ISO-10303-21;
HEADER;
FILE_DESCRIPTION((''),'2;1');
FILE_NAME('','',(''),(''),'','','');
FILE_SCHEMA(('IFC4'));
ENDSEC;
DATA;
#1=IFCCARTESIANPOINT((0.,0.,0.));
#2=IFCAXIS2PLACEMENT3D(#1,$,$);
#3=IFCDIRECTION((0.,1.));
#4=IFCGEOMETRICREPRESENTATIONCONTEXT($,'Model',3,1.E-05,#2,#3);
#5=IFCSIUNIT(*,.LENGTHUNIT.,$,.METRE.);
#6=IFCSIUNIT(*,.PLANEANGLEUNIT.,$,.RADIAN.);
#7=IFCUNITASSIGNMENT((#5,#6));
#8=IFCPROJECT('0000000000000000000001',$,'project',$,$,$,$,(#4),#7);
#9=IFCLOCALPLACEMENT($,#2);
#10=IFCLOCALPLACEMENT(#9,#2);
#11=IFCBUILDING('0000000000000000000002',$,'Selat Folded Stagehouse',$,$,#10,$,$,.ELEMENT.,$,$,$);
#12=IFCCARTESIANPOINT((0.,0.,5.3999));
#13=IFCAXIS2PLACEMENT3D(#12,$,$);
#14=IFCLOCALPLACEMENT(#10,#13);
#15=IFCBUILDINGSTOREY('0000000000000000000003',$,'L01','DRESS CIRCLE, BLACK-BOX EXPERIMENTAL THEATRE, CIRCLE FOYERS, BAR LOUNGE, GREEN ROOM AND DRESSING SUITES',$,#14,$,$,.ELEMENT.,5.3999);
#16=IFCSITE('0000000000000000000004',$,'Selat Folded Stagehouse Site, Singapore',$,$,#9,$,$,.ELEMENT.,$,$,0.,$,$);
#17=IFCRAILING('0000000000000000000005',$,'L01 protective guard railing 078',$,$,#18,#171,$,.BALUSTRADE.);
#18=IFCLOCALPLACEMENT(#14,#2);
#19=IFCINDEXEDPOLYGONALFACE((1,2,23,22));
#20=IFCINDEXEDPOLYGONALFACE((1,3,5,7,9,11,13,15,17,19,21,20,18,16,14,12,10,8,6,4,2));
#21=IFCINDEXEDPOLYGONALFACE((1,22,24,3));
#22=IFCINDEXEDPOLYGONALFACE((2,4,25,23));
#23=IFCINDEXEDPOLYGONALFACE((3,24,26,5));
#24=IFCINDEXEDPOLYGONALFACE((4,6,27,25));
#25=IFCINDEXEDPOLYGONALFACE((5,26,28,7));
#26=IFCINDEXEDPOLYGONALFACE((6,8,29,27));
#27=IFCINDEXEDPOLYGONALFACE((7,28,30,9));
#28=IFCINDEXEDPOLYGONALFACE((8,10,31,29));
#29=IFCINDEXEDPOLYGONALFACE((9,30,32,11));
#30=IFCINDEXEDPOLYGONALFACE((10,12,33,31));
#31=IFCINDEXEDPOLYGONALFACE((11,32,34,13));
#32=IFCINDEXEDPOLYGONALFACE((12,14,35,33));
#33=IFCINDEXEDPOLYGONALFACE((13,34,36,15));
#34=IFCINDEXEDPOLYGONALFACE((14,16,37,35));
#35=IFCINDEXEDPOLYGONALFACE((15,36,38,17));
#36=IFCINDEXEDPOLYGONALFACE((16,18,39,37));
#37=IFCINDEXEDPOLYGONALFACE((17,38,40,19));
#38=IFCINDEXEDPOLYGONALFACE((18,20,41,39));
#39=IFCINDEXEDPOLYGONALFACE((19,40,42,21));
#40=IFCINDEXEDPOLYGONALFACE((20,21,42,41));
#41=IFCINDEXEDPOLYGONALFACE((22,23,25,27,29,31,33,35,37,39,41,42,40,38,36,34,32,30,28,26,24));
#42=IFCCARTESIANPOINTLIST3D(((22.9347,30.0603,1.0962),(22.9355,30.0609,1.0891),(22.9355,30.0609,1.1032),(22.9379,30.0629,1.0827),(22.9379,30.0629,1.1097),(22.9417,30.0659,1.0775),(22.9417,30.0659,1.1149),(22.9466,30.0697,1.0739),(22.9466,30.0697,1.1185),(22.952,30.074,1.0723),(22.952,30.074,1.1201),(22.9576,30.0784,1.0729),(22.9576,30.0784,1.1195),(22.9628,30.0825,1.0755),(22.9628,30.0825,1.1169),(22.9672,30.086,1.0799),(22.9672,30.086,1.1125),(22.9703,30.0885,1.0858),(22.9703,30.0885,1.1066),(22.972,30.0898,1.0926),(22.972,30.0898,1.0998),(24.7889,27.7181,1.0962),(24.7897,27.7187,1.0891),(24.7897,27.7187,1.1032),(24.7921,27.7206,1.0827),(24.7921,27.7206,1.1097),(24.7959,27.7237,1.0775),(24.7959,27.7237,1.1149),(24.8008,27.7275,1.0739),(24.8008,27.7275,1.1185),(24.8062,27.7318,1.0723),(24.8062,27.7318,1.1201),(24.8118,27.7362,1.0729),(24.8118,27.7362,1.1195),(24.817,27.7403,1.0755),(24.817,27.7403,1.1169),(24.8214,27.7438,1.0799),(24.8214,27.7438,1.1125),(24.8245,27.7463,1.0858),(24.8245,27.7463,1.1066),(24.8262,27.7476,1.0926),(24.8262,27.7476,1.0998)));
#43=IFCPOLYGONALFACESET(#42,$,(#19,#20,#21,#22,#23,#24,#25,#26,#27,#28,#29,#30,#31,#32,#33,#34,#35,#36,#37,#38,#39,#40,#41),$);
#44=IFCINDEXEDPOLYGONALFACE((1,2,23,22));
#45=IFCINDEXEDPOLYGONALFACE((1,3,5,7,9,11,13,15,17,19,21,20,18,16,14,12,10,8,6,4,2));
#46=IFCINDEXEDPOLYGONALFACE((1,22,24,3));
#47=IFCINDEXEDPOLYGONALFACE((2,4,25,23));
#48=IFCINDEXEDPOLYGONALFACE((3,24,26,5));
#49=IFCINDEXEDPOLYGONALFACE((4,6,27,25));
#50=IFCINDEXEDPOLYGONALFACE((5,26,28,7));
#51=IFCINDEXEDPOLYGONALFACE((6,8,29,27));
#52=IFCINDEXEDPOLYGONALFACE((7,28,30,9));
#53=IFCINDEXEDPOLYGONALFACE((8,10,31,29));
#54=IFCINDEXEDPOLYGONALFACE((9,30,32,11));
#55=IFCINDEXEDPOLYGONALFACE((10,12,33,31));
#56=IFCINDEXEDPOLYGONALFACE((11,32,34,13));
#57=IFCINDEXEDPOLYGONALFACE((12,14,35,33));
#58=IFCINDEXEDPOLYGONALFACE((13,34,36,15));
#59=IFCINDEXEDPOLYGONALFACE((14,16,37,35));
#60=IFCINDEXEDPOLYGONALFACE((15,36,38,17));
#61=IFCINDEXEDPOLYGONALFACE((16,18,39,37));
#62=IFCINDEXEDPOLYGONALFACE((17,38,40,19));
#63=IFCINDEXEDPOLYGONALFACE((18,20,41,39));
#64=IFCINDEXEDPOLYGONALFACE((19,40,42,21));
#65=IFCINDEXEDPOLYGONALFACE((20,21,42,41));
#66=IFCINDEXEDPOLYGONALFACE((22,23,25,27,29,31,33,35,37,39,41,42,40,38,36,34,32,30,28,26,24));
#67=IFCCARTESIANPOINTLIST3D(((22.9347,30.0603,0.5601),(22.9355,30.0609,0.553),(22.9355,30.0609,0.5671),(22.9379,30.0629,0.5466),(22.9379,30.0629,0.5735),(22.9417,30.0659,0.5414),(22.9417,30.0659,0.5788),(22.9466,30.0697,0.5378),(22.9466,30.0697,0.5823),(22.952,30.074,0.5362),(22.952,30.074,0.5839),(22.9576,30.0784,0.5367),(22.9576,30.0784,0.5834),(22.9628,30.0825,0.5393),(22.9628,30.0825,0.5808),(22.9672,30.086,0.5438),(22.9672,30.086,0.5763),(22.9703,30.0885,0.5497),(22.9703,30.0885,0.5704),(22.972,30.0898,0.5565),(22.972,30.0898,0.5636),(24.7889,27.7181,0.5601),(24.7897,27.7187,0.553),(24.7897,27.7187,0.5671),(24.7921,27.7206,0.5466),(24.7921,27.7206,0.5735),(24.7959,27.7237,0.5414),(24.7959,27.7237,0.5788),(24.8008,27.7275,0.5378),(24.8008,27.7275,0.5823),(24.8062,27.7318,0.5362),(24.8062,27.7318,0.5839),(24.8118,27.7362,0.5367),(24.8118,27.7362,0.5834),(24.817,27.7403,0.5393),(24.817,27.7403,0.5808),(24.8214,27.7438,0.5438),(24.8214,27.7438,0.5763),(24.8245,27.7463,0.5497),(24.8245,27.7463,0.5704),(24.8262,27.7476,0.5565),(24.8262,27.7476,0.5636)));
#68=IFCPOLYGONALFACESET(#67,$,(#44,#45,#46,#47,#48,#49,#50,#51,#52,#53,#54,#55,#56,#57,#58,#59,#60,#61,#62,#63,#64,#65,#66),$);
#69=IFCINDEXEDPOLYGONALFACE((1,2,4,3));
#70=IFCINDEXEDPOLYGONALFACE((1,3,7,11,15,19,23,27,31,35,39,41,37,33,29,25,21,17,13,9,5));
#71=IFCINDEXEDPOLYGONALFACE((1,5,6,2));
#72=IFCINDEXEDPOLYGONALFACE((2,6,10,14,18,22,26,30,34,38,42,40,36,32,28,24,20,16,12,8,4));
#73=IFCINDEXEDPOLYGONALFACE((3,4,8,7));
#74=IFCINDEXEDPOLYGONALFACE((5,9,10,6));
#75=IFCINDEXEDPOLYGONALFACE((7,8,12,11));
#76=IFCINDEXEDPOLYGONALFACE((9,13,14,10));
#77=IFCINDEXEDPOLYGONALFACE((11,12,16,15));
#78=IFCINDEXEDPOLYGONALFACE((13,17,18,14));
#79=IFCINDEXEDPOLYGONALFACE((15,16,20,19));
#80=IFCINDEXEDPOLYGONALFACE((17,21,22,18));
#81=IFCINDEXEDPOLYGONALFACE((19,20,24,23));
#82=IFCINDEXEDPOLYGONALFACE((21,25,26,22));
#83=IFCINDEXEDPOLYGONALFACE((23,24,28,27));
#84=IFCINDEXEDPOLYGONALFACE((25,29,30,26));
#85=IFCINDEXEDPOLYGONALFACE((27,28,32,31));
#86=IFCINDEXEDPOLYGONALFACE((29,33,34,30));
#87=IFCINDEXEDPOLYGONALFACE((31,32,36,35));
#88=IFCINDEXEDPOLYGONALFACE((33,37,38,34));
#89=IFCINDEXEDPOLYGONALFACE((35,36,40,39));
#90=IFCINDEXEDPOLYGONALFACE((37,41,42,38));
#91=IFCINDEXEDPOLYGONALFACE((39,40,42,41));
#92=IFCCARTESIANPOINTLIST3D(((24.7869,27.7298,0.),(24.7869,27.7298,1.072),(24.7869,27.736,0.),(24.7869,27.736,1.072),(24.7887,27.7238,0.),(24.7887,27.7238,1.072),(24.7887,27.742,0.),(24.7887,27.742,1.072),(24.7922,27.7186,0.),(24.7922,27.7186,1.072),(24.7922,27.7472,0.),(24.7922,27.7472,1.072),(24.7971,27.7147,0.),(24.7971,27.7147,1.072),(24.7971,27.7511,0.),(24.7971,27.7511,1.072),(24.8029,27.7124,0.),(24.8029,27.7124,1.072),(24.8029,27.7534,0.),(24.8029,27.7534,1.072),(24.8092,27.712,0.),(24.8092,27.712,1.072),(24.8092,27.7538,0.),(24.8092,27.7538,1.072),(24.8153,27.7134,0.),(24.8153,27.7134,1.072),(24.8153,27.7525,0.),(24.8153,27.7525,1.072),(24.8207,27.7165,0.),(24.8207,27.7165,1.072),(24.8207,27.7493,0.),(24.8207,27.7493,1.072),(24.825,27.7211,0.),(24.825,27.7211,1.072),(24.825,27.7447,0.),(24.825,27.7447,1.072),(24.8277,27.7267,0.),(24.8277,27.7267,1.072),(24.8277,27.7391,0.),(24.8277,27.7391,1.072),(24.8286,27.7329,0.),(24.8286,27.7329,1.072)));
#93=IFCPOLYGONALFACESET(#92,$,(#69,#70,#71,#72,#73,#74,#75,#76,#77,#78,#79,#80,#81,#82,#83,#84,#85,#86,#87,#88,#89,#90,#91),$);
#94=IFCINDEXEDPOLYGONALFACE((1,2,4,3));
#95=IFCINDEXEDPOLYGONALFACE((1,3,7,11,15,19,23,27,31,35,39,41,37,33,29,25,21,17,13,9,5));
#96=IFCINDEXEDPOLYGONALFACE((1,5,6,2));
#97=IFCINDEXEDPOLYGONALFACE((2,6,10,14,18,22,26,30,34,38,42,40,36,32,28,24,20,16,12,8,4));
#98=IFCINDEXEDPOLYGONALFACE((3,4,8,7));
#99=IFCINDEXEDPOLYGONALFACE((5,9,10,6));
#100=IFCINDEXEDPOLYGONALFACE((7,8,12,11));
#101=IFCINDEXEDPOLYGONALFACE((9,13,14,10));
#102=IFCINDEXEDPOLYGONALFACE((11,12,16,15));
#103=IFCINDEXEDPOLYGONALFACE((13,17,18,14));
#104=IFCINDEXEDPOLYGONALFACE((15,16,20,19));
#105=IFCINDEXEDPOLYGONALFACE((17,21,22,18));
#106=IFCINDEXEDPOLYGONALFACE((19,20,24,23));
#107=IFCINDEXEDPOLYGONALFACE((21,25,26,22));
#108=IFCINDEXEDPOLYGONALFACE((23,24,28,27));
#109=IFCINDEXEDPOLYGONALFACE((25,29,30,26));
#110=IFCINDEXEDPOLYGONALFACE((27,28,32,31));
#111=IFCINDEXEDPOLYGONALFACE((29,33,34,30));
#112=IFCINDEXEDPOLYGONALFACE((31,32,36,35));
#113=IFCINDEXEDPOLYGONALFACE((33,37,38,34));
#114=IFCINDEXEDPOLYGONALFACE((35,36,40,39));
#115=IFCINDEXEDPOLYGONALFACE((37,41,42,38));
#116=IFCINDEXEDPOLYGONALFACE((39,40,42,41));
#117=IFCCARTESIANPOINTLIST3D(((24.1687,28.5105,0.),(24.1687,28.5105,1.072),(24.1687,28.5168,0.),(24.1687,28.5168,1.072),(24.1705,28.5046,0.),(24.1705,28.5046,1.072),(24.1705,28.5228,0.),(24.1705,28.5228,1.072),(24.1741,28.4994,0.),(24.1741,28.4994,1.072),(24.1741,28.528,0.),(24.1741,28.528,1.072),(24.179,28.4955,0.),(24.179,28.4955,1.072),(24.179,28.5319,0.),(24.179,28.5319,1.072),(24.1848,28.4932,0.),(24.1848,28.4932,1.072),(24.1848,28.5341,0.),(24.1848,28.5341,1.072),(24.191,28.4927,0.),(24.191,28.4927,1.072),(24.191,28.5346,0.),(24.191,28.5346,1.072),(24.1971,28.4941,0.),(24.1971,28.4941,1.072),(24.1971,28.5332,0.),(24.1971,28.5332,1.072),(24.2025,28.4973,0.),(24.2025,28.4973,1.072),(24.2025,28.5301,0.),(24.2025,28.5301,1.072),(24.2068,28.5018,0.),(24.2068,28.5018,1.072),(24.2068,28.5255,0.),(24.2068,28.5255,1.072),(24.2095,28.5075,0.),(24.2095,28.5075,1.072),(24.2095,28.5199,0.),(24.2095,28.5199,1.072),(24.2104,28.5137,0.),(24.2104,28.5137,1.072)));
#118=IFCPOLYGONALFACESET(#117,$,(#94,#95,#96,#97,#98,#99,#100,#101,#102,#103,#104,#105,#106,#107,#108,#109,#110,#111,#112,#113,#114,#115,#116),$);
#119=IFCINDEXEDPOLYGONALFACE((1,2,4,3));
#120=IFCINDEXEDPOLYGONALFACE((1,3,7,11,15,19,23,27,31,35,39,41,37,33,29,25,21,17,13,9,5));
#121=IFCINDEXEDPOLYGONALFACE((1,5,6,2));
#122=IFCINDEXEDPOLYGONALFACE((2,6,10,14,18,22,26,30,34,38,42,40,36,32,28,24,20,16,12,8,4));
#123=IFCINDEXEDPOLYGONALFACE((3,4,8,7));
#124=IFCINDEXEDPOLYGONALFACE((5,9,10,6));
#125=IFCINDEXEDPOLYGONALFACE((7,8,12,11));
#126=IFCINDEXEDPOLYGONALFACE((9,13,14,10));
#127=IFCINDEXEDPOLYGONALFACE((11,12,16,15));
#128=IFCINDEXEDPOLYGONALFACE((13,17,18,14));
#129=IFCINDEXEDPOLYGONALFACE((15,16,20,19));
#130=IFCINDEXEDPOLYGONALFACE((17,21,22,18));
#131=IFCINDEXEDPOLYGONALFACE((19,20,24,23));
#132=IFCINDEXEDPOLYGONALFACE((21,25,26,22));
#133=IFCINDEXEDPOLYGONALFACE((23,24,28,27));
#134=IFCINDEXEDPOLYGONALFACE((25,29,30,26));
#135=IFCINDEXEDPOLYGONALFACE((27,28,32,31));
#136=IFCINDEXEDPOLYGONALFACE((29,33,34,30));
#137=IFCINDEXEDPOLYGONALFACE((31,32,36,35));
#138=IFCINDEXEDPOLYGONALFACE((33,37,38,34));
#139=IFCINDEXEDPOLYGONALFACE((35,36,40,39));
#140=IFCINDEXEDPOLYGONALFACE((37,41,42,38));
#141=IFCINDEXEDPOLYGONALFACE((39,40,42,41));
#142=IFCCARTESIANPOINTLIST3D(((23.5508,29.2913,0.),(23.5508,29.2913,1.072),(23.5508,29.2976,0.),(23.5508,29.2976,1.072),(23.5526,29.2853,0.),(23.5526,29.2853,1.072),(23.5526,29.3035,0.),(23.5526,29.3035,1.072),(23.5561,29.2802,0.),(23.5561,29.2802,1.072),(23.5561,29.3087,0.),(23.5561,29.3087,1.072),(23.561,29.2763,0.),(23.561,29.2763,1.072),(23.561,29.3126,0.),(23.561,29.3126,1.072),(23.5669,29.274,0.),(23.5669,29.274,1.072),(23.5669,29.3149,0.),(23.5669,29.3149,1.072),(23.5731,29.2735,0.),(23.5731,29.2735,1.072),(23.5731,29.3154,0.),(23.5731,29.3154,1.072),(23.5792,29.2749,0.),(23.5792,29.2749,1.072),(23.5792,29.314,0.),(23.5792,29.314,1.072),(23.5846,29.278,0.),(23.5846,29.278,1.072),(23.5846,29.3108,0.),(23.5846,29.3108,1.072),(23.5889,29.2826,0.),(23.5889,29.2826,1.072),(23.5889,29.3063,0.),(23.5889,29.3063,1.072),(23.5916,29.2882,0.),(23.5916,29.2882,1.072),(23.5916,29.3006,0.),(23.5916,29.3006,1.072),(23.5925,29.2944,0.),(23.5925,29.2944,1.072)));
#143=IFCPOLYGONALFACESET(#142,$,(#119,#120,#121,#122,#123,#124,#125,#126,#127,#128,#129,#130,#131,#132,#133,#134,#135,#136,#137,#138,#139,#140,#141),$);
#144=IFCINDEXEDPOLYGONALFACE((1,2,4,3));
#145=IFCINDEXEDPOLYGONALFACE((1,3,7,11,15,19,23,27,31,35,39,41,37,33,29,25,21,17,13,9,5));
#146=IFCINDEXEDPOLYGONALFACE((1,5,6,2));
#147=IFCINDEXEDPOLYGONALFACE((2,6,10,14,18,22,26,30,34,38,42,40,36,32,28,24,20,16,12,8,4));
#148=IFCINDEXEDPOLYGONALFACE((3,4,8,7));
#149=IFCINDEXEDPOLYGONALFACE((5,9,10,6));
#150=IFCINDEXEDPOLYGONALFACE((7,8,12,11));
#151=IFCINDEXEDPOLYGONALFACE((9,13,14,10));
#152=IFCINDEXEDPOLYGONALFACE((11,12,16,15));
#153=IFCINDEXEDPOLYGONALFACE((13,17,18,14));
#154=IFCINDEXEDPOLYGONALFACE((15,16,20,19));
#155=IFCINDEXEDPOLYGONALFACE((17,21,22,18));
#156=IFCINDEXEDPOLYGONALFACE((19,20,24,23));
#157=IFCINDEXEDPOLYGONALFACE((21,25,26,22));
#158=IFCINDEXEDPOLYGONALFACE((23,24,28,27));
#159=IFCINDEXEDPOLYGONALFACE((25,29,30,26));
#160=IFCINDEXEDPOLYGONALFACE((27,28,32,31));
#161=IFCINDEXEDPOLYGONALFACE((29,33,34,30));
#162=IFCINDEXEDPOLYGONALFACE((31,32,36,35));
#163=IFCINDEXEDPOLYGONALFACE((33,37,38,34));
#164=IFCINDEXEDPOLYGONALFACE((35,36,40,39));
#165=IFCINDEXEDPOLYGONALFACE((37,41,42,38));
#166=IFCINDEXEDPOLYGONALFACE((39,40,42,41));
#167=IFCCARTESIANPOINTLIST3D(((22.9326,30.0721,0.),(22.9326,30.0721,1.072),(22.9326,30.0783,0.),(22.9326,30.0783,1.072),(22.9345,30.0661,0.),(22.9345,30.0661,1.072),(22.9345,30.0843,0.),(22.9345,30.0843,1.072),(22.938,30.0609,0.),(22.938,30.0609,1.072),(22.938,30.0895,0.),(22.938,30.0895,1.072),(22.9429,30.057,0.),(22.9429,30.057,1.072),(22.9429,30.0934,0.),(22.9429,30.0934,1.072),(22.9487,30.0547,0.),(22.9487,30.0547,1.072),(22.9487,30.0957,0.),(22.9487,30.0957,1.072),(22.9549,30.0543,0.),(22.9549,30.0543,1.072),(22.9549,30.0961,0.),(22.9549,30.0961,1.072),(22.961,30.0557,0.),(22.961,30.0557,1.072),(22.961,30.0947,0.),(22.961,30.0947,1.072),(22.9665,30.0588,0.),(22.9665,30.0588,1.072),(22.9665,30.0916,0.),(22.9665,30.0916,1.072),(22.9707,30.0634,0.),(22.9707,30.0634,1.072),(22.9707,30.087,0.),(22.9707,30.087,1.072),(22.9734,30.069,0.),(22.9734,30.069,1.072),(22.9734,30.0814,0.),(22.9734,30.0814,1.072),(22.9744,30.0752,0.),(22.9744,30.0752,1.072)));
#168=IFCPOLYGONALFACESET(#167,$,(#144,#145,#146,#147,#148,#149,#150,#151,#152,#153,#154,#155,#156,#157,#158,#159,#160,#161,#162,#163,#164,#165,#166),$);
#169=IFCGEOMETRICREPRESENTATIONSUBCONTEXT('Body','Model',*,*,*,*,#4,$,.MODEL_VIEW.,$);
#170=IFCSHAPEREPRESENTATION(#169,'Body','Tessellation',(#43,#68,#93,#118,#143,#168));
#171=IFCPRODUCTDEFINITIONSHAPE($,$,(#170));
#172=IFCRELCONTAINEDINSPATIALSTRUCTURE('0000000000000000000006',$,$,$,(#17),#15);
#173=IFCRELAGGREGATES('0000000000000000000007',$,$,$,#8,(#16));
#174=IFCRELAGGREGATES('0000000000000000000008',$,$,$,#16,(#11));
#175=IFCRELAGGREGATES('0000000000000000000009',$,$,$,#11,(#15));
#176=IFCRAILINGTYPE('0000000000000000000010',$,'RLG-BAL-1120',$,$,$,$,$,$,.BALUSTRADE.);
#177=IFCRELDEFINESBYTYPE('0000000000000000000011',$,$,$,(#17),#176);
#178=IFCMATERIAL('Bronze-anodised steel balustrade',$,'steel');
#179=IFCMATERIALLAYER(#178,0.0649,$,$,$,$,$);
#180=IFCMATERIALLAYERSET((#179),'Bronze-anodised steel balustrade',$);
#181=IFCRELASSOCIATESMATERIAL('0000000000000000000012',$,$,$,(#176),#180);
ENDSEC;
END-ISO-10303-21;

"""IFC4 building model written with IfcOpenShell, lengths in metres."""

from ifc_helpers import new_model, si_unit, direction, frame, origin, origin_2d, place, context, subcontext, project, spatial, circle, extrude, material, layer, layer_set, type_object, element, save


model = new_model("IFC4")

# Units and contexts
model_context = context("Model", 3, precision=1e-05, world=origin(), true_north=direction((0.0, 1.0)))
body_context = subcontext(model_context, "Body", "Model", "MODEL_VIEW")
ifc_project = project(units=[si_unit("LENGTHUNIT", "METRE"), si_unit("PLANEANGLEUNIT", "RADIAN")], contexts=[model_context])

# Site, building, storey
site_placement = place(None, origin())
site = spatial("IfcSite", under=ifc_project, at=site_placement, Name="Selat Folded Stagehouse Site, Singapore", CompositionType="ELEMENT", RefElevation=0.0)
building_placement = place(site_placement, origin())
building = spatial("IfcBuilding", under=site, at=building_placement, Name="Selat Folded Stagehouse", CompositionType="ELEMENT")
storey_placement = place(building_placement, frame((0.0, 0.0, 5.3999)))
storey = spatial("IfcBuildingStorey", under=building, at=storey_placement, Name="L01", Description="DRESS CIRCLE, BLACK-BOX EXPERIMENTAL THEATRE, CIRCLE FOYERS, BAR LOUNGE, GREEN ROOM AND DRESSING SUITES", CompositionType="ELEMENT", Elevation=5.3999)

# Railing
ifc_material_1 = material(Name="Bronze-anodised steel balustrade", Category="steel")
ifc_layer_1 = layer(ifc_material_1, 0.0649)
ifc_layer_set_1 = layer_set([ifc_layer_1], Name="Bronze-anodised steel balustrade")
railing_type = type_object("IfcRailingType", Name="RLG-BAL-1120", PredefinedType="BALUSTRADE", material=ifc_layer_set_1)
railing_1_placement = place(storey_placement, frame((24.8076, 27.7329, 0.0)))
element("IfcRailing", 1, at=railing_1_placement, inside=storey, type_object=railing_type, Name="L01 protective guard railing 078", PredefinedType="BALUSTRADE", context=body_context, shape_type="SweptSolid", body=[
    extrude(circle(Radius=0.0239, at=origin_2d()), frame((0.0, 0.0, 1.0962), z_axis=(-0.62069, 0.784056, 0.0), x_axis=(-0.784056, -0.62069, 0.0)), (0.0, 0.0, 1.0), 2.9873),
    extrude(circle(Radius=0.0239, at=origin_2d()), frame((0.0, 0.0, 0.5601), z_axis=(-0.62069, 0.784056, 0.0), x_axis=(-0.784056, -0.62069, 0.0)), (0.0, 0.0, 1.0), 2.9873),
    extrude(circle(Radius=0.021, at=origin_2d()), origin(), (0.0, 0.0, 1.0), 1.072),
    extrude(circle(Radius=0.021, at=origin_2d()), frame((-0.6182, 0.7808, 0.0)), (0.0, 0.0, 1.0), 1.072),
    extrude(circle(Radius=0.021, at=origin_2d()), frame((-1.2361, 1.5615, 0.0)), (0.0, 0.0, 1.0), 1.072),
    extrude(circle(Radius=0.021, at=origin_2d()), frame((-1.8542, 2.3423, 0.0)), (0.0, 0.0, 1.0), 1.072),
])

save(model, "model.ifc")
